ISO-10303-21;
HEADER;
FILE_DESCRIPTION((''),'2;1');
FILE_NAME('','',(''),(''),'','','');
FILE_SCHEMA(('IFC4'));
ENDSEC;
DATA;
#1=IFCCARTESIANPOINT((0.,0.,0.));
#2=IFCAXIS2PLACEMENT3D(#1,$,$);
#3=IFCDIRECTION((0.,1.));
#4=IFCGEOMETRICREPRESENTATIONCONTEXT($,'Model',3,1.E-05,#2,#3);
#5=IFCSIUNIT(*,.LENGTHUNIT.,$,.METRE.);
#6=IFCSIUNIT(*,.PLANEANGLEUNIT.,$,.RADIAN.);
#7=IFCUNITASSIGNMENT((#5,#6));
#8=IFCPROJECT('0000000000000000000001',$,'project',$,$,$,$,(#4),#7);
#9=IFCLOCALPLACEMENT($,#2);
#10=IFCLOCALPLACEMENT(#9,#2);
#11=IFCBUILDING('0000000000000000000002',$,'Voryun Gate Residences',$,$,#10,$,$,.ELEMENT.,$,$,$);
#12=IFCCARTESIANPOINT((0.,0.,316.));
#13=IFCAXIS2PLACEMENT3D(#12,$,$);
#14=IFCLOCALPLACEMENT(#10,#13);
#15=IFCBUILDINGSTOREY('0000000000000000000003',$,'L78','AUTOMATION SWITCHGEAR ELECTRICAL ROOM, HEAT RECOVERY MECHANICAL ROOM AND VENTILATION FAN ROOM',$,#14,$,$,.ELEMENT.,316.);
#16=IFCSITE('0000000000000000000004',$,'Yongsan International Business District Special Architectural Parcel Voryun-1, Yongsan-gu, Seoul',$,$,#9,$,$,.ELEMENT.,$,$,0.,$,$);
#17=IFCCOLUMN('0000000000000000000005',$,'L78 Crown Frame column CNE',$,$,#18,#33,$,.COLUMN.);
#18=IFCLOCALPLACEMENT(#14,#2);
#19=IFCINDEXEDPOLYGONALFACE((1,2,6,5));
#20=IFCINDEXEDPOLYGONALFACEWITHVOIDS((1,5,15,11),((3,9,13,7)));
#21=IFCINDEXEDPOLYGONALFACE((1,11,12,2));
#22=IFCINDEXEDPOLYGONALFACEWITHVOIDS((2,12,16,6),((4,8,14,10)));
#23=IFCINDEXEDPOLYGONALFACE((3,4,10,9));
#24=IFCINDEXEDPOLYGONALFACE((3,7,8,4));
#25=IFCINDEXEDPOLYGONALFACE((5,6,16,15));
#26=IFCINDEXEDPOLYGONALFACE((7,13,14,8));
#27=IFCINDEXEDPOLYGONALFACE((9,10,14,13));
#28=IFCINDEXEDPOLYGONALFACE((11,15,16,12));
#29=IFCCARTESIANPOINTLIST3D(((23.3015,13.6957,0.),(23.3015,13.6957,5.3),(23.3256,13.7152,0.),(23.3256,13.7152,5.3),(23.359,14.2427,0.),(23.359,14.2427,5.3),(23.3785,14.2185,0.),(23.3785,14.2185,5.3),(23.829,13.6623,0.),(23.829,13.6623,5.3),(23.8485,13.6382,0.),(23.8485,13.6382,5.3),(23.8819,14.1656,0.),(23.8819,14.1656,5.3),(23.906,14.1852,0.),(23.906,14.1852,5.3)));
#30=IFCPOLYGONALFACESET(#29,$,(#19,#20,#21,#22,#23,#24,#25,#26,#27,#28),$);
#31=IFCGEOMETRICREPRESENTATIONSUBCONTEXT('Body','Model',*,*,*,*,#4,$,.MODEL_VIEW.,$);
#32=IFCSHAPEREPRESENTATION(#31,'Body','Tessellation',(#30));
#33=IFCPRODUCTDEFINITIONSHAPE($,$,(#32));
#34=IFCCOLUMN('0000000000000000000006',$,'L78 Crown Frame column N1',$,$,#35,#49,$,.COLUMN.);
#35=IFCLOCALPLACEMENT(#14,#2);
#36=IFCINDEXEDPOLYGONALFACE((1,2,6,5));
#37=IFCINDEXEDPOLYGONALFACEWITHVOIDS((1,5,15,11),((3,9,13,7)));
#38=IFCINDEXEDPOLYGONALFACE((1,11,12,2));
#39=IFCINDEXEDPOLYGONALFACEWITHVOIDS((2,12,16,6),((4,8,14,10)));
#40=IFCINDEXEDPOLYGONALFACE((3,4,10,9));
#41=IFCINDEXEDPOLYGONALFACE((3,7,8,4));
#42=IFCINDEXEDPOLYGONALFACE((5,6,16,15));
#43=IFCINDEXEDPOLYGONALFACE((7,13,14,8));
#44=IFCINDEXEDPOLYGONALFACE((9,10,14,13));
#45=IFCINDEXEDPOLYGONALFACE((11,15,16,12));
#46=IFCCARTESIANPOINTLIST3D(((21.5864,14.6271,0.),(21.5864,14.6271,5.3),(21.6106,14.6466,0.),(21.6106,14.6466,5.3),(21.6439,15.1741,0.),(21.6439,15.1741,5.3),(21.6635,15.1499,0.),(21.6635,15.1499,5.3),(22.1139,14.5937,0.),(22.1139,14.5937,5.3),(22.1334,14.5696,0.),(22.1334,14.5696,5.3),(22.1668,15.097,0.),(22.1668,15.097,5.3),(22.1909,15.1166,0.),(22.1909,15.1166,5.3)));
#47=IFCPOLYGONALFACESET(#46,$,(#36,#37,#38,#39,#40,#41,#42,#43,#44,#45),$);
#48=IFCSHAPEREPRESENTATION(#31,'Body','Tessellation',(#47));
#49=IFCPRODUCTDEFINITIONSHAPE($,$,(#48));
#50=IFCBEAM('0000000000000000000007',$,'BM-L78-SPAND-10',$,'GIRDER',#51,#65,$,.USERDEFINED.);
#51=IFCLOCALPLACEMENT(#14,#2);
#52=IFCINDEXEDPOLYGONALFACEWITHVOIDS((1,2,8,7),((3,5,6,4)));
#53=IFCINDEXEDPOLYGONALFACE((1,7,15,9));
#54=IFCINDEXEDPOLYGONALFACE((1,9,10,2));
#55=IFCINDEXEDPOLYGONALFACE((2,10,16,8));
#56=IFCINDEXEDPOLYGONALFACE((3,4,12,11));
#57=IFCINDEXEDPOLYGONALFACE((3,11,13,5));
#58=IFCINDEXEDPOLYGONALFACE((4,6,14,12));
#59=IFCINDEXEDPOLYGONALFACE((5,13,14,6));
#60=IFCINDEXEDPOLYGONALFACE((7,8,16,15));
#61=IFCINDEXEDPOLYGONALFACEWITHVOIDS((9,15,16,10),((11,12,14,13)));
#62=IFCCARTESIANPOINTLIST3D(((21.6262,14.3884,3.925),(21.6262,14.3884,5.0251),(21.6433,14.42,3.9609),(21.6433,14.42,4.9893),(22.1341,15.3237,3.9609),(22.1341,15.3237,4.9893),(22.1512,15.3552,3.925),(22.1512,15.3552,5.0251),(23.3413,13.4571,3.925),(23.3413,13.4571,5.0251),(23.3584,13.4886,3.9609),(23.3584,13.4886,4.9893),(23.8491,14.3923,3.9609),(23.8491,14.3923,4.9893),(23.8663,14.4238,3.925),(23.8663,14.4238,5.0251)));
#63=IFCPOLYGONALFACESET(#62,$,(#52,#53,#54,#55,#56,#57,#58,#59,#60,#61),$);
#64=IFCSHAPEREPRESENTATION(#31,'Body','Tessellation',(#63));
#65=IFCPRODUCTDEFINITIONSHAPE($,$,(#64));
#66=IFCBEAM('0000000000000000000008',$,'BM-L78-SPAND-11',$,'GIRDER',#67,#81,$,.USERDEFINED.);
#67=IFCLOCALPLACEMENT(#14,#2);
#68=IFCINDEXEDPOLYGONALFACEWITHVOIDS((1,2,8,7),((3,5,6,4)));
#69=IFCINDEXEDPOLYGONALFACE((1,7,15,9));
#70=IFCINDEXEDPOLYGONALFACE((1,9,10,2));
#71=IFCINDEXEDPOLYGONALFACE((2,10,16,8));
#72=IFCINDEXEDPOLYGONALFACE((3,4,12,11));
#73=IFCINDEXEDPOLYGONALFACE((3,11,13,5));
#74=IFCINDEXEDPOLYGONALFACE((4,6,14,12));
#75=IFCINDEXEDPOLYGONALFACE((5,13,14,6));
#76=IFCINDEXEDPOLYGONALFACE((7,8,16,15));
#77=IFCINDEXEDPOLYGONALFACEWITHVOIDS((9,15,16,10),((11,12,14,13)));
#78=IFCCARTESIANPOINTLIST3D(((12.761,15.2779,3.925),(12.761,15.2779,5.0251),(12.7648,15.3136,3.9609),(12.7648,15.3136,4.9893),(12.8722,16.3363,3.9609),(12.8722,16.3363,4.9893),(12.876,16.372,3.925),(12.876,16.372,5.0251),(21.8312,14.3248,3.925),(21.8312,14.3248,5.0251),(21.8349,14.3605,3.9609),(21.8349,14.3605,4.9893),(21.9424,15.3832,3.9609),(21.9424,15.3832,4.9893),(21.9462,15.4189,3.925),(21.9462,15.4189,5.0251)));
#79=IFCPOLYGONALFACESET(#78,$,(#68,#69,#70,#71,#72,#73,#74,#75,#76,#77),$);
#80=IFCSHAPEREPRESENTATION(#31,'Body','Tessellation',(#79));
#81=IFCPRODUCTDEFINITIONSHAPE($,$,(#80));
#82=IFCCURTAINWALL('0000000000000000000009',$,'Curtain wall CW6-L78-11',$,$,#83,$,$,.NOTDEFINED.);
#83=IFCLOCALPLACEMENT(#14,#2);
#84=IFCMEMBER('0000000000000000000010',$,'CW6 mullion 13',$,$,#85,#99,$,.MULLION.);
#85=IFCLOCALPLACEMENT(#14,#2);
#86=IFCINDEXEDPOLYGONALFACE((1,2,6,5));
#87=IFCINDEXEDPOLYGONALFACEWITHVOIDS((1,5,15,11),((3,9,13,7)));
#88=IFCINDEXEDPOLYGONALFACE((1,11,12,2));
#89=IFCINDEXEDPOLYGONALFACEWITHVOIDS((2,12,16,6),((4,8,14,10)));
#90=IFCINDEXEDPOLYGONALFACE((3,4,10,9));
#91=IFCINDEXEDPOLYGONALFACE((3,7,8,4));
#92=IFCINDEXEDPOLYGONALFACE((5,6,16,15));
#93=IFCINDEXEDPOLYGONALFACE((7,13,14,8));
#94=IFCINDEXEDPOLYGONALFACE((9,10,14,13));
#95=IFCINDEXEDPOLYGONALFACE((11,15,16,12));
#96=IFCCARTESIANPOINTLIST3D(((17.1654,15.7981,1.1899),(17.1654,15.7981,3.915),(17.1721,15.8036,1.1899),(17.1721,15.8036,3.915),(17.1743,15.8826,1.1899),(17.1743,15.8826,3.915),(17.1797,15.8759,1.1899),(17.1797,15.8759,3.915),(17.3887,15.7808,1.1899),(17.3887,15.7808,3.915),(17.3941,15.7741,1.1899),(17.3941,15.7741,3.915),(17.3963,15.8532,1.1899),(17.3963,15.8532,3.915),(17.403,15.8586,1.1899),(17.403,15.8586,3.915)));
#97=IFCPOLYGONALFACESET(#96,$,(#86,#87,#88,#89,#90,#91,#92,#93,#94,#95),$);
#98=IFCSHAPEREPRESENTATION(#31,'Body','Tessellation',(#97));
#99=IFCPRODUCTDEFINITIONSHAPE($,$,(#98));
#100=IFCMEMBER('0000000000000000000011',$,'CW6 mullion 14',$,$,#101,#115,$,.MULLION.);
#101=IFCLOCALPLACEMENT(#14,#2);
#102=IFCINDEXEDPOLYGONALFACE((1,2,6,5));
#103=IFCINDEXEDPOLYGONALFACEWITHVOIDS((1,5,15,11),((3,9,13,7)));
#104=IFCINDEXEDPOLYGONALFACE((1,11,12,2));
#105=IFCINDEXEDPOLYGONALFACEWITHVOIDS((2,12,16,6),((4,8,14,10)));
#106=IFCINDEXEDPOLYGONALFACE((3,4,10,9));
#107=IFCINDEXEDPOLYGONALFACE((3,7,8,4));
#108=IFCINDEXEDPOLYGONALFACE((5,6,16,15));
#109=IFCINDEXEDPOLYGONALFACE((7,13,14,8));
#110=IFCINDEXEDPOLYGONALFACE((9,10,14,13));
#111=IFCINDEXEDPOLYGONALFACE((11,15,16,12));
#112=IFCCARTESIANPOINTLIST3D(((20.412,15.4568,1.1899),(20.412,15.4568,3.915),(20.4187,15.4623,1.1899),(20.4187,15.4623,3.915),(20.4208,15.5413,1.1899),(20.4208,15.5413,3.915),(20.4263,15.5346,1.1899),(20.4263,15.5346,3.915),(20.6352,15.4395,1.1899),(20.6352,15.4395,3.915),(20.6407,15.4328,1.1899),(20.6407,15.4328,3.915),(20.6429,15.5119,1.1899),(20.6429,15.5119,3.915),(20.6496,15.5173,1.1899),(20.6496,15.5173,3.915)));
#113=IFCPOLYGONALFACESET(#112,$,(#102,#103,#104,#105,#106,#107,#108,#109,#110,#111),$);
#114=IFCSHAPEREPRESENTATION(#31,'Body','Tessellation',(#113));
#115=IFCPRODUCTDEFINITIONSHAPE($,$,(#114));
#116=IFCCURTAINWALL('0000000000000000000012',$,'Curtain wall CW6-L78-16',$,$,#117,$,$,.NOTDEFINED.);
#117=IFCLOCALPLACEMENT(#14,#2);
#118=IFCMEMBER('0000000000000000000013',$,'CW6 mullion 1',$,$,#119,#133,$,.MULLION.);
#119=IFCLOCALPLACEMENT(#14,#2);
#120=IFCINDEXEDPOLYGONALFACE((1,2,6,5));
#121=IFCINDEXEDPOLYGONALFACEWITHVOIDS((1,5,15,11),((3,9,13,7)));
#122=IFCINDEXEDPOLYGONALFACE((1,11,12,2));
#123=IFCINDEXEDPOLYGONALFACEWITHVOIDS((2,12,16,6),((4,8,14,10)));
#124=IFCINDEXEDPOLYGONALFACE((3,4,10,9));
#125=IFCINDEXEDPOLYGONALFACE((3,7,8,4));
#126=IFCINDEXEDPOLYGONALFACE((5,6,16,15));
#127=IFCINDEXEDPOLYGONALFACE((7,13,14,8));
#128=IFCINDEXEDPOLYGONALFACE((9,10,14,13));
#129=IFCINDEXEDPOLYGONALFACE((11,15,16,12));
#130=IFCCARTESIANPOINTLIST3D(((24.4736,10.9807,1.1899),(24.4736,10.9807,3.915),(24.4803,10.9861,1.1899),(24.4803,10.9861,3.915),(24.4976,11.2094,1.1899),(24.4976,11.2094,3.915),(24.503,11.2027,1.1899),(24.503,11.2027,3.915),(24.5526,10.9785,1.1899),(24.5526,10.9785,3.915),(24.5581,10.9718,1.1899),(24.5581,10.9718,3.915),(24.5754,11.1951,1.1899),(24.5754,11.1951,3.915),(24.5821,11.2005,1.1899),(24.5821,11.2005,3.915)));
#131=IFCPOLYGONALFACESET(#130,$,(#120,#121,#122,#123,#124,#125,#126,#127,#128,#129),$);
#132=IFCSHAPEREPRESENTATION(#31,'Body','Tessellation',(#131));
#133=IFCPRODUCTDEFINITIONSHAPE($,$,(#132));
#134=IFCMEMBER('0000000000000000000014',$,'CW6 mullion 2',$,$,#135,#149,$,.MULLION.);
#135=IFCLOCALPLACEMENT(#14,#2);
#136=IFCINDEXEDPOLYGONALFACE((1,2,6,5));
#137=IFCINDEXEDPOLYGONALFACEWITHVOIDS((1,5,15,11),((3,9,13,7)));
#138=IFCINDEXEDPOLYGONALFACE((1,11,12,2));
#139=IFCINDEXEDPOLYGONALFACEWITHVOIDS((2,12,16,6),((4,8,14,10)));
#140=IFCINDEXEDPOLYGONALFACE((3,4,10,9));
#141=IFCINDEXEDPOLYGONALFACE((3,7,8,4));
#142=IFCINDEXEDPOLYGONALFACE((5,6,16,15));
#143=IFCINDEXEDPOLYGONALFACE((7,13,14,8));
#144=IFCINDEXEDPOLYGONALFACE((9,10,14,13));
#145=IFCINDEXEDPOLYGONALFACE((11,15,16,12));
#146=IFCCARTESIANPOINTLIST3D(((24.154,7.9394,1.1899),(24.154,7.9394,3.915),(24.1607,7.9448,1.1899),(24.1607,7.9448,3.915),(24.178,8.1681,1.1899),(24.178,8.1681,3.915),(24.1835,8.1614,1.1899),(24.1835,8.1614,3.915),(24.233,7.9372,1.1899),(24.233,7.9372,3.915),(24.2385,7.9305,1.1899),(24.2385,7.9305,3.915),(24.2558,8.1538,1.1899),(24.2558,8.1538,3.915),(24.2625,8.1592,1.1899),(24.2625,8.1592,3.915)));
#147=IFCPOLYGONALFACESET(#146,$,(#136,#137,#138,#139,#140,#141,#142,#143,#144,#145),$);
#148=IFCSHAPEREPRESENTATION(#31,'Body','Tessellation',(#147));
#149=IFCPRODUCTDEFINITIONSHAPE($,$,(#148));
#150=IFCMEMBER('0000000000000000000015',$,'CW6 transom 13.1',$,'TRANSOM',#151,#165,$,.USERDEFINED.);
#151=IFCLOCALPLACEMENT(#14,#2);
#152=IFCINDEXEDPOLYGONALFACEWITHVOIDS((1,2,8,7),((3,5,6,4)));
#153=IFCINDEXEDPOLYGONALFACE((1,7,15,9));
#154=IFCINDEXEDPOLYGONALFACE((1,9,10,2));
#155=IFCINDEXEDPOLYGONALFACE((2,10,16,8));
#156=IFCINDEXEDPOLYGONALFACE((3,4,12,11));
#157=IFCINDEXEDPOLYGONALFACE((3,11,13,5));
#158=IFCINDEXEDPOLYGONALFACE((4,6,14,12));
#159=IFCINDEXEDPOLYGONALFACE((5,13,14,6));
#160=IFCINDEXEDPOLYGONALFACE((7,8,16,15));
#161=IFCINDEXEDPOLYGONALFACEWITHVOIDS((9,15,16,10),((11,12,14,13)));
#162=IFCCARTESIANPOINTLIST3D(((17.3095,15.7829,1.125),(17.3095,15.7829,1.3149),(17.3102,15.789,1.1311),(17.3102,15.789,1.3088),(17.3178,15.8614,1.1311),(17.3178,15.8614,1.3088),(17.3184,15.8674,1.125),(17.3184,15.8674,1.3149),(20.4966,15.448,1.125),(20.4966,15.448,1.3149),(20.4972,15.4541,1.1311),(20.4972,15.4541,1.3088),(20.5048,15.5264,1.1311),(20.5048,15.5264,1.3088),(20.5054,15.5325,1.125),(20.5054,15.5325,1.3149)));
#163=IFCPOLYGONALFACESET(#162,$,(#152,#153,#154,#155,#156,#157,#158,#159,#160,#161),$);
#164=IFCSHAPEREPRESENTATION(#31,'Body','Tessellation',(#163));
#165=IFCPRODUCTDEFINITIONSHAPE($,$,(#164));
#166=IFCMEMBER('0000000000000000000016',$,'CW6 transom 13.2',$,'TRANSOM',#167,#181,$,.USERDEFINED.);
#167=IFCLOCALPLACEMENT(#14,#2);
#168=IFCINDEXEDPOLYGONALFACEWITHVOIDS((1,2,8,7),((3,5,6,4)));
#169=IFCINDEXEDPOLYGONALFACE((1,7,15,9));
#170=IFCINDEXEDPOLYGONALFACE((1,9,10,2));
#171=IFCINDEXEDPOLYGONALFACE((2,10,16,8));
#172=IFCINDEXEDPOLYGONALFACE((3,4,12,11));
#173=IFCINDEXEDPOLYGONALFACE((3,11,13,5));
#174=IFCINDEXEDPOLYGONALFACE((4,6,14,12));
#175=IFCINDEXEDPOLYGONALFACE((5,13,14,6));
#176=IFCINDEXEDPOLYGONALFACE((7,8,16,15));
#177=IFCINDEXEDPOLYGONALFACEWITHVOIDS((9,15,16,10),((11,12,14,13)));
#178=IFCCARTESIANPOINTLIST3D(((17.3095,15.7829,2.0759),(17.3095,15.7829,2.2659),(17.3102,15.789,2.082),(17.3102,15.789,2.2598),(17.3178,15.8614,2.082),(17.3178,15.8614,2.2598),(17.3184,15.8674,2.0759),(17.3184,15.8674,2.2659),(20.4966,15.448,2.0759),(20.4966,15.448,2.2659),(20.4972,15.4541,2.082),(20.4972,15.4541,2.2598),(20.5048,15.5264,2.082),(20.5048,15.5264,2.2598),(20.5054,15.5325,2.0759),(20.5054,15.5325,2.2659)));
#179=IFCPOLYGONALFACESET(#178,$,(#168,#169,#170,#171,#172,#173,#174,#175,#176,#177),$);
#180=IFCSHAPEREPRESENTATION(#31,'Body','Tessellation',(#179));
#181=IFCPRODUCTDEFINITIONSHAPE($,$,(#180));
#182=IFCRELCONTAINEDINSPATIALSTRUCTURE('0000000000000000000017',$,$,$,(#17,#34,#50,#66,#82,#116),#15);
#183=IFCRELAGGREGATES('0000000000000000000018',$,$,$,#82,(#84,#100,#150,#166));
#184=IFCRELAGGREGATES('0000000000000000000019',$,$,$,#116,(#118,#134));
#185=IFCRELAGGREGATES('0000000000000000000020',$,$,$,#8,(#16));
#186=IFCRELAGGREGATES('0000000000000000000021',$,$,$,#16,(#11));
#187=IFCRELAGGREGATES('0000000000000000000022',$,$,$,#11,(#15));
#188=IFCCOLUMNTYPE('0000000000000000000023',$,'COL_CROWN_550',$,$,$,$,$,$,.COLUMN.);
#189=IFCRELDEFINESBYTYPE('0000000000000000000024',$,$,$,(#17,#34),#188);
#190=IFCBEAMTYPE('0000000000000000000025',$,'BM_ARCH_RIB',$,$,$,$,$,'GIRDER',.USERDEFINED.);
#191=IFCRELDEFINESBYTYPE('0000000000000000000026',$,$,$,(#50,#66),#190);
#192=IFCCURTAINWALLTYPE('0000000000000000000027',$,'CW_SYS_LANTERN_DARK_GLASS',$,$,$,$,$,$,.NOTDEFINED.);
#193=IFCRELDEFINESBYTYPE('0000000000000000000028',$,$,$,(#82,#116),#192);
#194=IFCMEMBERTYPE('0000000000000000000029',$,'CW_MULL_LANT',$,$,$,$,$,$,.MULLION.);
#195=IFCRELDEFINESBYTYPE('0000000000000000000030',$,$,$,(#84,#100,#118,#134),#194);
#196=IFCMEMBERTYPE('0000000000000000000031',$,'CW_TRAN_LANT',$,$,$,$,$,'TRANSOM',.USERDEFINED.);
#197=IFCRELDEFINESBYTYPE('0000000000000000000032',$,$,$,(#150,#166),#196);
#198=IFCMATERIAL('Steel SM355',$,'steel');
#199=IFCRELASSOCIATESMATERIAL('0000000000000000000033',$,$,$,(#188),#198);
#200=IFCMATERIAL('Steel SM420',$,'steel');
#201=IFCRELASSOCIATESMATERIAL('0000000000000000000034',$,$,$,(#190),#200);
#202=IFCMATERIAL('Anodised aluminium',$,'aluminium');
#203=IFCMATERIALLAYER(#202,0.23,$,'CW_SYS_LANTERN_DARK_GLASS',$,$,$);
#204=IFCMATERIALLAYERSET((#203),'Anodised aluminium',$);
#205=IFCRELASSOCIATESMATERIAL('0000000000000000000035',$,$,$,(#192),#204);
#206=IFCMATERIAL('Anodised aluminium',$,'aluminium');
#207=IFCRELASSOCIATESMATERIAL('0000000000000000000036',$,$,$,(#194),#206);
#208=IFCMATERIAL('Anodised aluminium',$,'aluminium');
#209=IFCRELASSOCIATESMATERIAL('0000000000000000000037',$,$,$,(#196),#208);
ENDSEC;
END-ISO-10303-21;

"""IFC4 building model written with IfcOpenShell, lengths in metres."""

from ifc_helpers import new_model, si_unit, direction, frame, origin, origin_2d, place, context, subcontext, project, spatial, hollow_rectangle, extrude, material, layer, layer_set, material_profile, profile_set, type_object, element, aggregate, save


model = new_model("IFC4")

# Units and contexts
model_context = context("Model", 3, precision=1e-05, world=origin(), true_north=direction((0.0, 1.0)))
body_context = subcontext(model_context, "Body", "Model", "MODEL_VIEW")
ifc_project = project(units=[si_unit("LENGTHUNIT", "METRE"), si_unit("PLANEANGLEUNIT", "RADIAN")], contexts=[model_context])

# Site, building, storey
site_placement = place(None, origin())
site = spatial("IfcSite", under=ifc_project, at=site_placement, Name="Yongsan International Business District Special Architectural Parcel Voryun-1, Yongsan-gu, Seoul", CompositionType="ELEMENT", RefElevation=0.0)
building_placement = place(site_placement, origin())
building = spatial("IfcBuilding", under=site, at=building_placement, Name="Voryun Gate Residences", CompositionType="ELEMENT")
storey_placement = place(building_placement, frame((0.0, 0.0, 316.0)))
storey = spatial("IfcBuildingStorey", under=building, at=storey_placement, Name="L78", Description="AUTOMATION SWITCHGEAR ELECTRICAL ROOM, HEAT RECOVERY MECHANICAL ROOM AND VENTILATION FAN ROOM", CompositionType="ELEMENT", Elevation=316.0)

# Columns
ifc_material_1 = material(Name="Steel SM355", Category="steel")
ifc_material_profile_1 = material_profile(ifc_material_1, hollow_rectangle(XDim=0.55, YDim=0.55, WallThickness=0.022, at=origin_2d()), Name="BOX-550x550x22")
ifc_profile_set_1 = profile_set([ifc_material_profile_1], Name="Steel SM355")
column_type = type_object("IfcColumnType", Name="COL_CROWN_550", PredefinedType="COLUMN", material=ifc_profile_set_1)
for number, where, z_axis, x_axis, name in (
    (1, (23.6038, 13.9404, 0.0), (0.0, 0.0, 1.0), (0.994522, -0.104528, 0.0), "L78 Crown Frame column CNE"),
    (2, (21.8887, 14.8718, 0.0), (0.0, 0.0, 1.0), (0.994522, -0.104528, 0.0), "L78 Crown Frame column N1"),
):
    element("IfcColumn", number, at=place(storey_placement, frame(where, z_axis=z_axis, x_axis=x_axis)), inside=storey, type_object=column_type, Name=name, PredefinedType="COLUMN", context=body_context, shape_type="SweptSolid", body=[
        extrude(hollow_rectangle(XDim=0.55, YDim=0.55, WallThickness=0.022, at=origin_2d()), origin(), (0.0, 0.0, 1.0), 5.3),
    ])

# Beams
ifc_material_2 = material(Name="Steel SM420", Category="steel")
ifc_material_profile_2 = material_profile(ifc_material_2, hollow_rectangle(XDim=1.1001, YDim=1.1001, WallThickness=0.0359, at=origin_2d()), Name="BOX-1100x1100x36")
ifc_profile_set_2 = profile_set([ifc_material_profile_2], Name="Steel SM420")
beam_type = type_object("IfcBeamType", Name="BM_ARCH_RIB", ElementType="GIRDER", PredefinedType="USERDEFINED", material=ifc_profile_set_2)
beam_1_placement = place(storey_placement, frame((23.6038, 13.9404, 4.4751), z_axis=(-0.878778, 0.47723, 0.0), x_axis=(-0.47723, -0.878778, 0.0)))
element("IfcBeam", 3, at=beam_1_placement, inside=storey, type_object=beam_type, Name="BM-L78-SPAND-10", ObjectType="GIRDER", PredefinedType="USERDEFINED", context=body_context, shape_type="SweptSolid", body=[
    extrude(hollow_rectangle(XDim=1.1001, YDim=1.1001, WallThickness=0.0359, at=origin_2d()), origin(), (0.0, 0.0, 1.0), 1.9517),
])
beam_2_placement = place(storey_placement, frame((21.8887, 14.8718, 4.4751), z_axis=(-0.994524, 0.104509, 0.0), x_axis=(-0.104509, -0.994524, 0.0)))
element("IfcBeam", 4, at=beam_2_placement, inside=storey, type_object=beam_type, Name="BM-L78-SPAND-11", ObjectType="GIRDER", PredefinedType="USERDEFINED", context=body_context, shape_type="SweptSolid", body=[
    extrude(hollow_rectangle(XDim=1.1001, YDim=1.1001, WallThickness=0.0359, at=origin_2d()), origin(), (0.0, 0.0, 1.0), 9.1201),
])

# Curtain walls, members
ifc_material_3 = material(Name="Anodised aluminium", Category="aluminium")
ifc_layer_1 = layer(ifc_material_3, 0.23, Name="CW_SYS_LANTERN_DARK_GLASS")
ifc_layer_set_1 = layer_set([ifc_layer_1], Name="Anodised aluminium")
curtain_wall_type = type_object("IfcCurtainWallType", Name="CW_SYS_LANTERN_DARK_GLASS", PredefinedType="NOTDEFINED", material=ifc_layer_set_1)
curtain_wall_1_placement = place(storey_placement, origin())
curtain_wall_1 = element("IfcCurtainWall", 5, at=curtain_wall_1_placement, inside=storey, type_object=curtain_wall_type, Name="Curtain wall CW6-L78-11", PredefinedType="NOTDEFINED")
ifc_material_4 = material(Name="Anodised aluminium", Category="aluminium")
ifc_material_profile_3 = material_profile(ifc_material_4, hollow_rectangle(XDim=0.085, YDim=0.23, WallThickness=0.0061, at=origin_2d()), Name="ALU-MULL-230x85x6")
ifc_profile_set_3 = profile_set([ifc_material_profile_3], Name="Anodised aluminium")
member_type_1 = type_object("IfcMemberType", Name="CW_MULL_LANT", PredefinedType="MULLION", material=ifc_profile_set_3)
member_1_placement = place(storey_placement, frame((17.2842, 15.8284, 1.1899), z_axis=(0.0, 0.0, 1.0), x_axis=(0.104528, 0.994522, 0.0)))
member_1 = element("IfcMember", 6, at=member_1_placement, type_object=member_type_1, Name="CW6 mullion 13", PredefinedType="MULLION", context=body_context, shape_type="SweptSolid", body=[
    extrude(hollow_rectangle(XDim=0.085, YDim=0.23, WallThickness=0.0061, at=origin_2d()), origin(), (0.0, 0.0, 1.0), 2.7251),
])
member_2_placement = place(storey_placement, frame((20.5308, 15.4871, 1.1899), z_axis=(0.0, 0.0, 1.0), x_axis=(0.104528, 0.994522, 0.0)))
member_2 = element("IfcMember", 7, at=member_2_placement, type_object=member_type_1, Name="CW6 mullion 14", PredefinedType="MULLION", context=body_context, shape_type="SweptSolid", body=[
    extrude(hollow_rectangle(XDim=0.085, YDim=0.23, WallThickness=0.0061, at=origin_2d()), origin(), (0.0, 0.0, 1.0), 2.7251),
])
curtain_wall_2_placement = place(storey_placement, origin())
curtain_wall_2 = element("IfcCurtainWall", 8, at=curtain_wall_2_placement, inside=storey, type_object=curtain_wall_type, Name="Curtain wall CW6-L78-16", PredefinedType="NOTDEFINED")
member_3_placement = place(storey_placement, frame((24.5278, 11.0906, 1.1899), z_axis=(0.0, 0.0, 1.0), x_axis=(0.994522, -0.104528, 0.0)))
member_3 = element("IfcMember", 9, at=member_3_placement, type_object=member_type_1, Name="CW6 mullion 1", PredefinedType="MULLION", context=body_context, shape_type="SweptSolid", body=[
    extrude(hollow_rectangle(XDim=0.085, YDim=0.23, WallThickness=0.0061, at=origin_2d()), origin(), (0.0, 0.0, 1.0), 2.7251),
])
member_4_placement = place(storey_placement, frame((24.2083, 8.0493, 1.1899), z_axis=(0.0, 0.0, 1.0), x_axis=(0.994522, -0.104528, 0.0)))
member_4 = element("IfcMember", 10, at=member_4_placement, type_object=member_type_1, Name="CW6 mullion 2", PredefinedType="MULLION", context=body_context, shape_type="SweptSolid", body=[
    extrude(hollow_rectangle(XDim=0.085, YDim=0.23, WallThickness=0.0061, at=origin_2d()), origin(), (0.0, 0.0, 1.0), 2.7251),
])

# Members
ifc_material_5 = material(Name="Anodised aluminium", Category="aluminium")
ifc_material_profile_4 = material_profile(ifc_material_5, hollow_rectangle(XDim=0.085, YDim=0.1899, WallThickness=0.0061, at=origin_2d()), Name="ALU-TRAN-190x85x6")
ifc_profile_set_4 = profile_set([ifc_material_profile_4], Name="Anodised aluminium")
member_type_2 = type_object("IfcMemberType", Name="CW_TRAN_LANT", ElementType="TRANSOM", PredefinedType="USERDEFINED", material=ifc_profile_set_4)
member_5_placement = place(storey_placement, frame((17.314, 15.8252, 1.22), z_axis=(0.994522, -0.104526, 0.0), x_axis=(0.104526, 0.994522, 0.0)))
member_5 = element("IfcMember", 11, at=member_5_placement, type_object=member_type_2, Name="CW6 transom 13.1", ObjectType="TRANSOM", PredefinedType="USERDEFINED", context=body_context, shape_type="SweptSolid", body=[
    extrude(hollow_rectangle(XDim=0.085, YDim=0.1899, WallThickness=0.0061, at=origin_2d()), origin(), (0.0, 0.0, 1.0), 3.2046),
])
member_6_placement = place(storey_placement, frame((17.314, 15.8252, 2.1709), z_axis=(0.994522, -0.104526, 0.0), x_axis=(0.104526, 0.994522, 0.0)))
member_6 = element("IfcMember", 12, at=member_6_placement, type_object=member_type_2, Name="CW6 transom 13.2", ObjectType="TRANSOM", PredefinedType="USERDEFINED", context=body_context, shape_type="SweptSolid", body=[
    extrude(hollow_rectangle(XDim=0.085, YDim=0.1899, WallThickness=0.0061, at=origin_2d()), origin(), (0.0, 0.0, 1.0), 3.2046),
])

aggregate(curtain_wall_1, [member_1, member_2, member_5, member_6])
aggregate(curtain_wall_2, [member_3, member_4])

save(model, "model.ifc")
